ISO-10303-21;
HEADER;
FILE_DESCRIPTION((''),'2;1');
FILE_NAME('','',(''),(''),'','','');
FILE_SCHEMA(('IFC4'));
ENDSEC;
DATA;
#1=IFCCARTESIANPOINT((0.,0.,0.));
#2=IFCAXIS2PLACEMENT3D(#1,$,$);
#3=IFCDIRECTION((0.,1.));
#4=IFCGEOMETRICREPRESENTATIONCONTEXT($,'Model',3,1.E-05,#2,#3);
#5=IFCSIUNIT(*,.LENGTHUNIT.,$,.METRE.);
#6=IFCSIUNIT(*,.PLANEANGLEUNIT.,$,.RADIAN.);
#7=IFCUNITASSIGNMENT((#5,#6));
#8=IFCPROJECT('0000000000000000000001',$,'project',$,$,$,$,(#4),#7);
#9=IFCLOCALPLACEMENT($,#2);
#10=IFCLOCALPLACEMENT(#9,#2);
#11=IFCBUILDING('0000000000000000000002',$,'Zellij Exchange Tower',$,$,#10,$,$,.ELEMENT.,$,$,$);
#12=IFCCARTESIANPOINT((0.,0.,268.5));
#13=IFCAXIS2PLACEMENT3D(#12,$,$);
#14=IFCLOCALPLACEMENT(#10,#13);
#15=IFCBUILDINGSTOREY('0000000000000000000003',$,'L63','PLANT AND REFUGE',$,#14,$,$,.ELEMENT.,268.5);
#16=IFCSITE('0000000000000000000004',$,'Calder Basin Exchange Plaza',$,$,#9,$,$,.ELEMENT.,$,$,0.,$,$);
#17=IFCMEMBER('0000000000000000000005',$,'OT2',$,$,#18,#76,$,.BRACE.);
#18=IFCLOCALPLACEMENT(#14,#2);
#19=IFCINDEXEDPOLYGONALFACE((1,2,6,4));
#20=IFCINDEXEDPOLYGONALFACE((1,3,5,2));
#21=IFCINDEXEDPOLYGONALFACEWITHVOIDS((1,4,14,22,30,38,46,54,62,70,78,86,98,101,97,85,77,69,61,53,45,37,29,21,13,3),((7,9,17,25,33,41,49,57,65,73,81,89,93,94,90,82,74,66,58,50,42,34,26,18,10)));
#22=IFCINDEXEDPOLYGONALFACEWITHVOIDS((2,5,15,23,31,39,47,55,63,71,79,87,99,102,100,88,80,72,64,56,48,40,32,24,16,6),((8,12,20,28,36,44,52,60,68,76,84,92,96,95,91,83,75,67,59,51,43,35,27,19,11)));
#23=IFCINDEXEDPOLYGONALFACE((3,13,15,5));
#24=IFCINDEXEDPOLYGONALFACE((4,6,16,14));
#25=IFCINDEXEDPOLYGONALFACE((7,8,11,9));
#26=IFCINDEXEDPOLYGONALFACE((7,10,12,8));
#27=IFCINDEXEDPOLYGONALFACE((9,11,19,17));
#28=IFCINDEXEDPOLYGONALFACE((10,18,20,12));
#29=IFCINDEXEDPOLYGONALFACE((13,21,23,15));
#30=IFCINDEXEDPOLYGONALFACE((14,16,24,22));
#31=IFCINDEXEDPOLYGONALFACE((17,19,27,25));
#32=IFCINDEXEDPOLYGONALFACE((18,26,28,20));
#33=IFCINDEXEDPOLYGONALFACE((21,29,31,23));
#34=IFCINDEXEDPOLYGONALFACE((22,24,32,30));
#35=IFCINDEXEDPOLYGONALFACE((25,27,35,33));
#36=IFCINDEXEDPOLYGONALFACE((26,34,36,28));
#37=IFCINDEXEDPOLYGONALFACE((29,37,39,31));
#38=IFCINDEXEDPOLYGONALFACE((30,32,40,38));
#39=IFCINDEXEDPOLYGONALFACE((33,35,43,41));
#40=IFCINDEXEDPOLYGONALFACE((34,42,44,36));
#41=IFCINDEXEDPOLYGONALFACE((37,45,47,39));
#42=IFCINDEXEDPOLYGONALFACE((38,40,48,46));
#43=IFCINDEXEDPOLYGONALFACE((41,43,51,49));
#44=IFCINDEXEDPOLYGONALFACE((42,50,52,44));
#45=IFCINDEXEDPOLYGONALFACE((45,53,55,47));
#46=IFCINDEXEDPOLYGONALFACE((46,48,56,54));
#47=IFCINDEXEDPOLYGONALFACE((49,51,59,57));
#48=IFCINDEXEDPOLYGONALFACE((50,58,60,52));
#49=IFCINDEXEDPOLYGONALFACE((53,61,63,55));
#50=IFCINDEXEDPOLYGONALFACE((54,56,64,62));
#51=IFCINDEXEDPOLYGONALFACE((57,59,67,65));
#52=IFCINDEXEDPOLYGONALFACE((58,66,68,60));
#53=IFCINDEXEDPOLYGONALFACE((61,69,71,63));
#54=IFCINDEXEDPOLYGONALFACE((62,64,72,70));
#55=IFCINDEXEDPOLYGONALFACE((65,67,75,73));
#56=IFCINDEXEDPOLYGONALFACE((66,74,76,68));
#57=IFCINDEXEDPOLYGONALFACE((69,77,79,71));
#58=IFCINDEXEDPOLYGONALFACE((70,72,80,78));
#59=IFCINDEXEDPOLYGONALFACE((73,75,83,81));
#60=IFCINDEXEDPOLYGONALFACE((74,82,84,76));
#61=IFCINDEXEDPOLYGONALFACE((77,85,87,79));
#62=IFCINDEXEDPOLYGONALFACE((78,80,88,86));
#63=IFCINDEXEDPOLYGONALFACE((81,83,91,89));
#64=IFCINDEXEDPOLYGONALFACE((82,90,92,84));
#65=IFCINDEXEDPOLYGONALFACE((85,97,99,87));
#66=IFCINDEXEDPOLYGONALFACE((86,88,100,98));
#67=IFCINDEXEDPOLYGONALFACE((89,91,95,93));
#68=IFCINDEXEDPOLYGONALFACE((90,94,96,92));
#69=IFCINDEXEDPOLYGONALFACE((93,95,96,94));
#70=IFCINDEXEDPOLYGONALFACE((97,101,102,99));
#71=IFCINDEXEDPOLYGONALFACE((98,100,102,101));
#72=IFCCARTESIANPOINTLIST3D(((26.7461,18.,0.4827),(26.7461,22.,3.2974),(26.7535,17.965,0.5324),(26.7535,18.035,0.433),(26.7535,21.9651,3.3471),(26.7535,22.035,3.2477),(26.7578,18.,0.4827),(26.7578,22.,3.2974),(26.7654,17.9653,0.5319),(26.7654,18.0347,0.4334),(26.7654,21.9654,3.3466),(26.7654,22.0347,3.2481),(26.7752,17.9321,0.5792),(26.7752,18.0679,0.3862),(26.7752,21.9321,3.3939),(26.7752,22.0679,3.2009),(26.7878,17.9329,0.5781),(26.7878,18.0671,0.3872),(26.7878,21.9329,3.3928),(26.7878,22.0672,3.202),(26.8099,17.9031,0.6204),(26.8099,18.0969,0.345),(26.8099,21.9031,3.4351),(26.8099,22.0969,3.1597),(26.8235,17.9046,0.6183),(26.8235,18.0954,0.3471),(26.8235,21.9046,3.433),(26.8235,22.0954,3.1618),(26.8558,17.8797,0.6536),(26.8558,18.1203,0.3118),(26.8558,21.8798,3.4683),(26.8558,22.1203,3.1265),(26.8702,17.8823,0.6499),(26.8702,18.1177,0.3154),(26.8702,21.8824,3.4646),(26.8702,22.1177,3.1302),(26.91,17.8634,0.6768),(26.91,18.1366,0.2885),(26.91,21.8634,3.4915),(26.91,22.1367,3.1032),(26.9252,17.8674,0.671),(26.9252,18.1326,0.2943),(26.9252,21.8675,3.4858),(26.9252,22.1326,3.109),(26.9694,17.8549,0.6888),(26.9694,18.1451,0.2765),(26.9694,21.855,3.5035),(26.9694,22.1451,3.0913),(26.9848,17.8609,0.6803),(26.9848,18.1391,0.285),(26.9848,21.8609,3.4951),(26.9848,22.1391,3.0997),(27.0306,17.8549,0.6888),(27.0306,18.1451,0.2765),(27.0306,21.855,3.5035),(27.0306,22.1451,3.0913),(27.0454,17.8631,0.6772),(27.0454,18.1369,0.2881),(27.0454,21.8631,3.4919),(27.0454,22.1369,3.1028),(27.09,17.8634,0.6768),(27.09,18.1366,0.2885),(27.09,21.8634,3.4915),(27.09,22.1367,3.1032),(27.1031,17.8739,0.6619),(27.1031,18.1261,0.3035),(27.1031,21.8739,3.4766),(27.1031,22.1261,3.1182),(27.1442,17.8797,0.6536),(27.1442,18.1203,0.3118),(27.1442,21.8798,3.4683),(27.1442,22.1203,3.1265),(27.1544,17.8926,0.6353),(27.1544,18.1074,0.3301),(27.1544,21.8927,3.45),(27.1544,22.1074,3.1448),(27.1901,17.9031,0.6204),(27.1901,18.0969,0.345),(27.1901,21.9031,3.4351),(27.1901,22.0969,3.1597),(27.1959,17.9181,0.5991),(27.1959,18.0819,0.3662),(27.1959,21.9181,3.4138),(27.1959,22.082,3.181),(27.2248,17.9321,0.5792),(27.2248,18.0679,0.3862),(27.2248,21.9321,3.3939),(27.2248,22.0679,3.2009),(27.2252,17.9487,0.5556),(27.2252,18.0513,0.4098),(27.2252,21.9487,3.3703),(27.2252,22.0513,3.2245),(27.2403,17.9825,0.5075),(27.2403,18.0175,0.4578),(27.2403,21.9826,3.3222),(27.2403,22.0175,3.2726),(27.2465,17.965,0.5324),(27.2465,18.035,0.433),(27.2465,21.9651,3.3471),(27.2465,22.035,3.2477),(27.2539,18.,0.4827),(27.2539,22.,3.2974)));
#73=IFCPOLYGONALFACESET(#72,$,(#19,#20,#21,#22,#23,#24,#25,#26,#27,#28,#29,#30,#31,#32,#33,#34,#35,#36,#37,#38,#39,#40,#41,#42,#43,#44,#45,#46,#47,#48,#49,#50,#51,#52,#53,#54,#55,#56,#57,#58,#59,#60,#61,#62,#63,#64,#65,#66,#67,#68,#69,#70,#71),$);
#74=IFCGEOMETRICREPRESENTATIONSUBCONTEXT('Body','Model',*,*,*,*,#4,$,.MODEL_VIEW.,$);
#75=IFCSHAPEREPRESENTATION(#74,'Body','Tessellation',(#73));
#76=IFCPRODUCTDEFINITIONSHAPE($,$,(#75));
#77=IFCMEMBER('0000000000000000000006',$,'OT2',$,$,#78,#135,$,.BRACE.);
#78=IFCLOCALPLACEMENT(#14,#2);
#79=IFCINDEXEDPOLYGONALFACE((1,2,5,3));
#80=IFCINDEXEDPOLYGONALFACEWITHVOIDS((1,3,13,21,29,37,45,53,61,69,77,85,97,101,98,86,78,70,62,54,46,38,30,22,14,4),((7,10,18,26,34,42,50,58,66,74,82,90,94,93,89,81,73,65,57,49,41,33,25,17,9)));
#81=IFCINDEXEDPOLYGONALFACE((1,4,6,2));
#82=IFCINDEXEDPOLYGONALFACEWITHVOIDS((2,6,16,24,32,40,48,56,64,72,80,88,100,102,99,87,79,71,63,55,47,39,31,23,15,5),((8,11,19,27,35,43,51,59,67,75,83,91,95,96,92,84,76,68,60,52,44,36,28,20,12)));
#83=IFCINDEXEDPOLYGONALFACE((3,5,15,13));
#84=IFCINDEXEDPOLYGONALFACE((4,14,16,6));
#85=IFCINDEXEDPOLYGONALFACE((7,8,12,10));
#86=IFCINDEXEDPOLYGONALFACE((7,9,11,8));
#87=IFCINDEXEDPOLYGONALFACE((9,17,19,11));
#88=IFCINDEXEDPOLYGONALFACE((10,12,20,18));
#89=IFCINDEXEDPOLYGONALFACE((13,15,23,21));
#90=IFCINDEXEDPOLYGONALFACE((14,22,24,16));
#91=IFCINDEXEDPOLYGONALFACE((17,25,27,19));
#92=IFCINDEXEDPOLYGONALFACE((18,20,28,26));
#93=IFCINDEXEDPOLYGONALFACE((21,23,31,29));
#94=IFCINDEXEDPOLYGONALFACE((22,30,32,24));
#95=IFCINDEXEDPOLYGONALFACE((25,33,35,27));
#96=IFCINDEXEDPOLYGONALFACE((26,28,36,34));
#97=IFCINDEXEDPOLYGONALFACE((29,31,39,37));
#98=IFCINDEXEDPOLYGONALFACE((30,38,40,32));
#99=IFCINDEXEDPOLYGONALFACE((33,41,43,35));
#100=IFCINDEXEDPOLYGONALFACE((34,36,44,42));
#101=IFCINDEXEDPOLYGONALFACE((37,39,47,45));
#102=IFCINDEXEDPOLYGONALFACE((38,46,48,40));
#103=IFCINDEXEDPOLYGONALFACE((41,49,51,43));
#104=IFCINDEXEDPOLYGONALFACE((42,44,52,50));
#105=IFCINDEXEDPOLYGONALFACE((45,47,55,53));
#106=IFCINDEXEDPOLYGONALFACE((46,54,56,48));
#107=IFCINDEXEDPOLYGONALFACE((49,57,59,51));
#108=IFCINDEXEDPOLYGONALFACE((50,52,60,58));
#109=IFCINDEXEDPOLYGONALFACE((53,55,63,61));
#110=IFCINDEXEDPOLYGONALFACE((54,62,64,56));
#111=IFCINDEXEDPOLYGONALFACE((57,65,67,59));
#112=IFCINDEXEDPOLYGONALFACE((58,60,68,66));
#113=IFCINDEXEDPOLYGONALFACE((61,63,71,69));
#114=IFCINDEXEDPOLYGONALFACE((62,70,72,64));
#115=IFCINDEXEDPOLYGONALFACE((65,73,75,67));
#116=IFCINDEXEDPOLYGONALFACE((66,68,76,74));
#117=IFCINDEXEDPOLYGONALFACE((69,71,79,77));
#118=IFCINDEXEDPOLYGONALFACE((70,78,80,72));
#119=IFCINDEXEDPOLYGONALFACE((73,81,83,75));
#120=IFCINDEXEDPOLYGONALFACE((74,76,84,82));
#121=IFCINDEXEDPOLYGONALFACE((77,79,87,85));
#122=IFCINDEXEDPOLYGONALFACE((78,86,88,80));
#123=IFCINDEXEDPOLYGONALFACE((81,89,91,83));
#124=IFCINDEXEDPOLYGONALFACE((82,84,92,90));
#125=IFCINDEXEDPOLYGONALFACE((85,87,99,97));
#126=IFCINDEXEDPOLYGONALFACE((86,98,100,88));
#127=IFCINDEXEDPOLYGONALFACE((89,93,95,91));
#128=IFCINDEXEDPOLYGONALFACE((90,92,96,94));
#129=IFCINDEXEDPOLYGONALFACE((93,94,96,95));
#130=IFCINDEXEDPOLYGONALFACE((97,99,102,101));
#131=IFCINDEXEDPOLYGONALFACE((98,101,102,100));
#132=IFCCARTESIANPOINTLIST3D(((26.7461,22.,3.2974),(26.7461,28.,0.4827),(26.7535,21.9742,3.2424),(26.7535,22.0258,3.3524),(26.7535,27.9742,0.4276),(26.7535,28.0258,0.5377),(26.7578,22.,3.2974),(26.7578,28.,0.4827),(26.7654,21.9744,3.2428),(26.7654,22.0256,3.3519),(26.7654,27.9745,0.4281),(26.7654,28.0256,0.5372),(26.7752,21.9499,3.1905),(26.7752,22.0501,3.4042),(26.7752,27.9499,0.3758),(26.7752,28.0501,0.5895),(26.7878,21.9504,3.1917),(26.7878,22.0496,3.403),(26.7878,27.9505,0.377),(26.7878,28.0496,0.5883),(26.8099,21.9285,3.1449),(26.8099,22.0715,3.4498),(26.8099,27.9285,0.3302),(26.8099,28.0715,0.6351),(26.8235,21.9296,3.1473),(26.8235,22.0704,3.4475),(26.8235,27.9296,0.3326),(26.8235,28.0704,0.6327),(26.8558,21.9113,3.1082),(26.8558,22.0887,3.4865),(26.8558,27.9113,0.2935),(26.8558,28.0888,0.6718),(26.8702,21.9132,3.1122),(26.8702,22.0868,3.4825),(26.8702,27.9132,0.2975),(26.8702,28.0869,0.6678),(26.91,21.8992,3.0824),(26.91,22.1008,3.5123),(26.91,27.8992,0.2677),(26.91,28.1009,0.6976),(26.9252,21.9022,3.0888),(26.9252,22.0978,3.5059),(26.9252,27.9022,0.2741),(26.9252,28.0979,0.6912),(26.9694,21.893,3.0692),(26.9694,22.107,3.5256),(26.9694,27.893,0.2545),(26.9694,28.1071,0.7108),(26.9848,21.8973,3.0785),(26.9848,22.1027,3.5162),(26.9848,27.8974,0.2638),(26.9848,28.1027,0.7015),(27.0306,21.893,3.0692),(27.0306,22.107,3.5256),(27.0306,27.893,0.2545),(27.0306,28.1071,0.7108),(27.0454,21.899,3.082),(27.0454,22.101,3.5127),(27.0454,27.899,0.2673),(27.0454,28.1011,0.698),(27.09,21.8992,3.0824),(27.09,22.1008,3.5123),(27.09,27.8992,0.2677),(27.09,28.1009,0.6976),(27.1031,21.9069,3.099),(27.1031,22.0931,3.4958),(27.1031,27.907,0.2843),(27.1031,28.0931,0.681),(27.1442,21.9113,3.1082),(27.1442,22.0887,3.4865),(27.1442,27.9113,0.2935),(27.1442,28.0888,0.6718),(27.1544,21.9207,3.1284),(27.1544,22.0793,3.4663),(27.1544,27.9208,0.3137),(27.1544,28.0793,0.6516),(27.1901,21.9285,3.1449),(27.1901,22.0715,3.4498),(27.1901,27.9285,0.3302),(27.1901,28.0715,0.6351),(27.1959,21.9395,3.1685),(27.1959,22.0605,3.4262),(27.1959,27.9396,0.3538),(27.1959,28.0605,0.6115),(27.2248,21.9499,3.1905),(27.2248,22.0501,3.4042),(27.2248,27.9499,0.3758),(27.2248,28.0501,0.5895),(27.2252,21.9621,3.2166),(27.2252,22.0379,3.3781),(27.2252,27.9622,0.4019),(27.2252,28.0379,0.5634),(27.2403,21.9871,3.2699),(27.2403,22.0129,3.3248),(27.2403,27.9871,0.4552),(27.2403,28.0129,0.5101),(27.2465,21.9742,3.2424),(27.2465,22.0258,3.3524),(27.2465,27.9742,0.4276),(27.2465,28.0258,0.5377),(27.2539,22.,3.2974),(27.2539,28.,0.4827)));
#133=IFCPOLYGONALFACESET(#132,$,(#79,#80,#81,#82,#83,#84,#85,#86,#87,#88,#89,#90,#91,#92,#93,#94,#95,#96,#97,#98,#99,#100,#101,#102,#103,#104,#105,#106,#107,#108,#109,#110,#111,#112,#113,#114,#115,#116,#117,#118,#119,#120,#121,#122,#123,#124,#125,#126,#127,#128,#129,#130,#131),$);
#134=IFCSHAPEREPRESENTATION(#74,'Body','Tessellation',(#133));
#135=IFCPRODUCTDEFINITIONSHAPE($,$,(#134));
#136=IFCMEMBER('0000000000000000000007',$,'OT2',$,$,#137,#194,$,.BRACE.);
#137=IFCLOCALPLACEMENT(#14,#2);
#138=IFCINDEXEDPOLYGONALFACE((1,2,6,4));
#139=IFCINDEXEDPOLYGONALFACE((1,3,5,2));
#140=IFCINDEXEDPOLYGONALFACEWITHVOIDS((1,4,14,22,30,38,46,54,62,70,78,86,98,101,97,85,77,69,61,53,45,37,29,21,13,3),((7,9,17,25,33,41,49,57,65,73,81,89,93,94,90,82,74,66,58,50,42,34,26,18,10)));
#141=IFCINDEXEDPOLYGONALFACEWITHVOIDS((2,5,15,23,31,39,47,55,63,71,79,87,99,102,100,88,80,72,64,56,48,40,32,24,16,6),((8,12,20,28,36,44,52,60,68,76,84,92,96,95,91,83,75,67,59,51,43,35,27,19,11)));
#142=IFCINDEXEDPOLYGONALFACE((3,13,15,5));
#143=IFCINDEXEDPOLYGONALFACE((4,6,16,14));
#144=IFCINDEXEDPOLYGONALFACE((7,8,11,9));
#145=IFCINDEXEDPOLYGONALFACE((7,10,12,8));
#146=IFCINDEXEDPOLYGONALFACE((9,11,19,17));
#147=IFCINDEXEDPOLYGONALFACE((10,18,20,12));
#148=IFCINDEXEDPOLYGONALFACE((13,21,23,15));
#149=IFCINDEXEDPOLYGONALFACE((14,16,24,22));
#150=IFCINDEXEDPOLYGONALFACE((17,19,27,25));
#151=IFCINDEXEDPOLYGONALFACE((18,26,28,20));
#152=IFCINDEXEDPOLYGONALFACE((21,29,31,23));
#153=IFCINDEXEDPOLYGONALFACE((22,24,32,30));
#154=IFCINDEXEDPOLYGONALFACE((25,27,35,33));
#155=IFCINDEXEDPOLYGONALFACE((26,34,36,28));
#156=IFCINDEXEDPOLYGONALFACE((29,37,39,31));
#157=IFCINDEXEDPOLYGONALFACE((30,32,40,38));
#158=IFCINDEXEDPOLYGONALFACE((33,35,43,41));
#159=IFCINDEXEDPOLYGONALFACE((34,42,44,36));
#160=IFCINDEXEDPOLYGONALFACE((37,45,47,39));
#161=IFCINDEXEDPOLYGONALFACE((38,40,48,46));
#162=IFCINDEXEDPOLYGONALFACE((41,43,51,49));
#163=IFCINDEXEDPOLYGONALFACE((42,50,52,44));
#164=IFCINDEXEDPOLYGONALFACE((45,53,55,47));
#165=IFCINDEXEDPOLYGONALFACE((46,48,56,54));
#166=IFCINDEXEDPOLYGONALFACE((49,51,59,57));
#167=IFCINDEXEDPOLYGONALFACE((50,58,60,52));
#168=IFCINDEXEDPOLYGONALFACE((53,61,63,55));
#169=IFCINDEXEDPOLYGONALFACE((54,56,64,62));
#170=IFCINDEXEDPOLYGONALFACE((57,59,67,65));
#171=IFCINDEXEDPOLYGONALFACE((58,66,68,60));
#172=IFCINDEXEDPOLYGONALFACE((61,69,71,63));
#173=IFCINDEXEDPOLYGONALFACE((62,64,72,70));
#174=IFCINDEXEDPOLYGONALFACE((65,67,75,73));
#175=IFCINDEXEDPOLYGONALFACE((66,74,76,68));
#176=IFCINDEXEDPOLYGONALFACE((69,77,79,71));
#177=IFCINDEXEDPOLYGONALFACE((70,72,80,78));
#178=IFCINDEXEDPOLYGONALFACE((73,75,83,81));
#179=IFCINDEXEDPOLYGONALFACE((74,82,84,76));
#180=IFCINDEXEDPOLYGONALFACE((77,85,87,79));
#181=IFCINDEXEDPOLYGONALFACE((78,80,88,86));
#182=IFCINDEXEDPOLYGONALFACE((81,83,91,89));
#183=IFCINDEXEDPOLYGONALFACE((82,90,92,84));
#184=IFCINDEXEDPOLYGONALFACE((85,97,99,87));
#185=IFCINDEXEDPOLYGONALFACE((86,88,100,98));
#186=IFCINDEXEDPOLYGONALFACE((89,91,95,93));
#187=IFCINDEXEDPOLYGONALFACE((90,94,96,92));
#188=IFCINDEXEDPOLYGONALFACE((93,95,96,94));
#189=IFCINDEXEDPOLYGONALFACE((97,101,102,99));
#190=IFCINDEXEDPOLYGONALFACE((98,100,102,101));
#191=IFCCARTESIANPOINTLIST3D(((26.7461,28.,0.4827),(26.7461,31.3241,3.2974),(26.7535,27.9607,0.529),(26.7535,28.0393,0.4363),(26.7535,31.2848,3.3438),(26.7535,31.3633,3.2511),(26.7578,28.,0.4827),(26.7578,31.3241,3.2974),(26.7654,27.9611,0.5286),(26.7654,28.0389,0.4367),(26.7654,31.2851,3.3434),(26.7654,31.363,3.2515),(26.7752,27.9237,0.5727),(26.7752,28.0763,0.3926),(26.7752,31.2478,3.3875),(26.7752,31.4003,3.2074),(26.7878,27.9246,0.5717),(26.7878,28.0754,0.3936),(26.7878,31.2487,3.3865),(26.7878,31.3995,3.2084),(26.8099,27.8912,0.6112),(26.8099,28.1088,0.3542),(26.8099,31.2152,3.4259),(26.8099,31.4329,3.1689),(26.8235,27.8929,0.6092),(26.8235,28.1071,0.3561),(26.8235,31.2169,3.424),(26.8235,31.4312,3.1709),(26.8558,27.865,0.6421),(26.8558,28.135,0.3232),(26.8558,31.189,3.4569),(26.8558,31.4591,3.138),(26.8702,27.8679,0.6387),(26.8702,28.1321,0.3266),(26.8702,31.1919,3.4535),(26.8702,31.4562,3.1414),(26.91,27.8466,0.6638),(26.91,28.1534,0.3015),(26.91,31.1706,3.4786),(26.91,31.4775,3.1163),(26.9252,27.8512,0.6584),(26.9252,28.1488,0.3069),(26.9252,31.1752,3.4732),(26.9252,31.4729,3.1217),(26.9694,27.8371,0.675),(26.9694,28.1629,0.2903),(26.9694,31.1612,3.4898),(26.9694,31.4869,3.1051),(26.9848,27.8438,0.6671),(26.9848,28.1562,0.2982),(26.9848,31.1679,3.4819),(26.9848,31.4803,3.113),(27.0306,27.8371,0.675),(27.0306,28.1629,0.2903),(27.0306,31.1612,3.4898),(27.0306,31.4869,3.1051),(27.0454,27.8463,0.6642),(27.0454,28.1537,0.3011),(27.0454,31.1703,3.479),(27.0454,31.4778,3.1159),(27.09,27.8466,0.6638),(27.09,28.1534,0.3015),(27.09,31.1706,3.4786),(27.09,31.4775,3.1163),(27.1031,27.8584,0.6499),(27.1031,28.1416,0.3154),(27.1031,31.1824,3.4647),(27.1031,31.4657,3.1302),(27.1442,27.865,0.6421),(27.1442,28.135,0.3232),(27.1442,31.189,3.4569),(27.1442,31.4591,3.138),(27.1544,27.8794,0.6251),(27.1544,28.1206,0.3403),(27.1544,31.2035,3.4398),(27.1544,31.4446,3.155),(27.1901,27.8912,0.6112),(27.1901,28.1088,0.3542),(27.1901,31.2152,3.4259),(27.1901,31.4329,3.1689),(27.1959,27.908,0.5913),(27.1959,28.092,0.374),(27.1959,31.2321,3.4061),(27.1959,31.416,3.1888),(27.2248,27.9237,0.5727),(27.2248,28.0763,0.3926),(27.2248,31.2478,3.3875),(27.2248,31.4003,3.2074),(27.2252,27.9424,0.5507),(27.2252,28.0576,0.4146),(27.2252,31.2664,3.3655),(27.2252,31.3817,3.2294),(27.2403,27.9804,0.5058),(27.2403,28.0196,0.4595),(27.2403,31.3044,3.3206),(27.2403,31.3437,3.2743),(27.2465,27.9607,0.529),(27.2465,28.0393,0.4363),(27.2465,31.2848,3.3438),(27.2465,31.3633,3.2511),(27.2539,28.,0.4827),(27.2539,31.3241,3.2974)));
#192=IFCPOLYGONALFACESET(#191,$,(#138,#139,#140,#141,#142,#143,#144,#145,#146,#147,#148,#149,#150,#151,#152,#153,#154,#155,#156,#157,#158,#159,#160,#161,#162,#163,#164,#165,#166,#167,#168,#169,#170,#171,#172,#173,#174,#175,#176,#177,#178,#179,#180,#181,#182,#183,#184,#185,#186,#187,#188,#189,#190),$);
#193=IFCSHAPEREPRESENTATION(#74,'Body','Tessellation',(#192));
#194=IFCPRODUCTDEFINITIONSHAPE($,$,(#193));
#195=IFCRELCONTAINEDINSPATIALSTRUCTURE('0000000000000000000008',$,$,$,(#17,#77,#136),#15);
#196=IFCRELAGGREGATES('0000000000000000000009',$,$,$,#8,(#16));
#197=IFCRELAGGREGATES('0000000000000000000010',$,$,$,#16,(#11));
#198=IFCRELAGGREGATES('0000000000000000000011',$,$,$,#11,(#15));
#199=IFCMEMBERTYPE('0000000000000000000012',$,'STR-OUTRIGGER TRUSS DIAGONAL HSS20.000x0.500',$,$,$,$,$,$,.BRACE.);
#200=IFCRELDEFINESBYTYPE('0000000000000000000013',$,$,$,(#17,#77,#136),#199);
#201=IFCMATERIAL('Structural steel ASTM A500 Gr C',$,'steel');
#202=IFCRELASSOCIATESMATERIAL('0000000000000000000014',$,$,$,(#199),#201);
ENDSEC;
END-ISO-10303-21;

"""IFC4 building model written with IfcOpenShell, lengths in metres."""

from ifc_helpers import new_model, si_unit, direction, frame, origin, origin_2d, place, context, subcontext, project, spatial, hollow_circle, extrude, material, material_profile, profile_set, type_object, element, save


model = new_model("IFC4")

# Units and contexts
model_context = context("Model", 3, precision=1e-05, world=origin(), true_north=direction((0.0, 1.0)))
body_context = subcontext(model_context, "Body", "Model", "MODEL_VIEW")
ifc_project = project(units=[si_unit("LENGTHUNIT", "METRE"), si_unit("PLANEANGLEUNIT", "RADIAN")], contexts=[model_context])

# Site, building, storey
site_placement = place(None, origin())
site = spatial("IfcSite", under=ifc_project, at=site_placement, Name="Calder Basin Exchange Plaza", CompositionType="ELEMENT", RefElevation=0.0)
building_placement = place(site_placement, origin())
building = spatial("IfcBuilding", under=site, at=building_placement, Name="Zellij Exchange Tower", CompositionType="ELEMENT")
storey_placement = place(building_placement, frame((0.0, 0.0, 268.5)))
storey = spatial("IfcBuildingStorey", under=building, at=storey_placement, Name="L63", Description="PLANT AND REFUGE", CompositionType="ELEMENT", Elevation=268.5)

# Members
ifc_material_1 = material(Name="Structural steel ASTM A500 Gr C", Category="steel")
ifc_material_profile_1 = material_profile(ifc_material_1, hollow_circle(Radius=0.2539, WallThickness=0.0117, at=origin_2d()), Name="STR-OUTRIGGER TRUSS DIAGONAL HSS20.000x0.500")
ifc_profile_set_1 = profile_set([ifc_material_profile_1], Name="Structural steel ASTM A500 Gr C")
member_type_1 = type_object("IfcMemberType", Name="STR-OUTRIGGER TRUSS DIAGONAL HSS20.000x0.500", PredefinedType="BRACE", material=ifc_profile_set_1)
for number, where, z_axis, x_axis, name in (
    (1, (27.0, 18.0, 0.4827), (0.0, 0.817818, 0.575477), (-1.0, 0.0, 0.0), "OT2"),
):
    element("IfcMember", number, at=place(storey_placement, frame(where, z_axis=z_axis, x_axis=x_axis)), inside=storey, type_object=member_type_1, Name=name, PredefinedType="BRACE", context=body_context, shape_type="SweptSolid", body=[
        extrude(hollow_circle(Radius=0.2539, WallThickness=0.0117, at=origin_2d()), origin(), (0.0, 0.0, 1.0), 4.8911),
    ])
member_1_placement = place(storey_placement, frame((27.0, 22.0, 3.2974), z_axis=(0.0, 0.905331, -0.424706), x_axis=(-1.0, 0.0, 0.0)))
element("IfcMember", 2, at=member_1_placement, inside=storey, type_object=member_type_1, Name="OT2", PredefinedType="BRACE", context=body_context, shape_type="SweptSolid", body=[
    extrude(hollow_circle(Radius=0.2539, WallThickness=0.0117, at=origin_2d()), origin(), (0.0, 0.0, 1.0), 6.6274),
])
member_2_placement = place(storey_placement, frame((27.0, 28.0, 0.4827), z_axis=(0.0, 0.763148, 0.646224), x_axis=(-1.0, 0.0, 0.0)))
element("IfcMember", 3, at=member_2_placement, inside=storey, type_object=member_type_1, Name="OT2", PredefinedType="BRACE", context=body_context, shape_type="SweptSolid", body=[
    extrude(hollow_circle(Radius=0.2539, WallThickness=0.0117, at=origin_2d()), origin(), (0.0, 0.0, 1.0), 4.3557),
])

save(model, "model.ifc")
